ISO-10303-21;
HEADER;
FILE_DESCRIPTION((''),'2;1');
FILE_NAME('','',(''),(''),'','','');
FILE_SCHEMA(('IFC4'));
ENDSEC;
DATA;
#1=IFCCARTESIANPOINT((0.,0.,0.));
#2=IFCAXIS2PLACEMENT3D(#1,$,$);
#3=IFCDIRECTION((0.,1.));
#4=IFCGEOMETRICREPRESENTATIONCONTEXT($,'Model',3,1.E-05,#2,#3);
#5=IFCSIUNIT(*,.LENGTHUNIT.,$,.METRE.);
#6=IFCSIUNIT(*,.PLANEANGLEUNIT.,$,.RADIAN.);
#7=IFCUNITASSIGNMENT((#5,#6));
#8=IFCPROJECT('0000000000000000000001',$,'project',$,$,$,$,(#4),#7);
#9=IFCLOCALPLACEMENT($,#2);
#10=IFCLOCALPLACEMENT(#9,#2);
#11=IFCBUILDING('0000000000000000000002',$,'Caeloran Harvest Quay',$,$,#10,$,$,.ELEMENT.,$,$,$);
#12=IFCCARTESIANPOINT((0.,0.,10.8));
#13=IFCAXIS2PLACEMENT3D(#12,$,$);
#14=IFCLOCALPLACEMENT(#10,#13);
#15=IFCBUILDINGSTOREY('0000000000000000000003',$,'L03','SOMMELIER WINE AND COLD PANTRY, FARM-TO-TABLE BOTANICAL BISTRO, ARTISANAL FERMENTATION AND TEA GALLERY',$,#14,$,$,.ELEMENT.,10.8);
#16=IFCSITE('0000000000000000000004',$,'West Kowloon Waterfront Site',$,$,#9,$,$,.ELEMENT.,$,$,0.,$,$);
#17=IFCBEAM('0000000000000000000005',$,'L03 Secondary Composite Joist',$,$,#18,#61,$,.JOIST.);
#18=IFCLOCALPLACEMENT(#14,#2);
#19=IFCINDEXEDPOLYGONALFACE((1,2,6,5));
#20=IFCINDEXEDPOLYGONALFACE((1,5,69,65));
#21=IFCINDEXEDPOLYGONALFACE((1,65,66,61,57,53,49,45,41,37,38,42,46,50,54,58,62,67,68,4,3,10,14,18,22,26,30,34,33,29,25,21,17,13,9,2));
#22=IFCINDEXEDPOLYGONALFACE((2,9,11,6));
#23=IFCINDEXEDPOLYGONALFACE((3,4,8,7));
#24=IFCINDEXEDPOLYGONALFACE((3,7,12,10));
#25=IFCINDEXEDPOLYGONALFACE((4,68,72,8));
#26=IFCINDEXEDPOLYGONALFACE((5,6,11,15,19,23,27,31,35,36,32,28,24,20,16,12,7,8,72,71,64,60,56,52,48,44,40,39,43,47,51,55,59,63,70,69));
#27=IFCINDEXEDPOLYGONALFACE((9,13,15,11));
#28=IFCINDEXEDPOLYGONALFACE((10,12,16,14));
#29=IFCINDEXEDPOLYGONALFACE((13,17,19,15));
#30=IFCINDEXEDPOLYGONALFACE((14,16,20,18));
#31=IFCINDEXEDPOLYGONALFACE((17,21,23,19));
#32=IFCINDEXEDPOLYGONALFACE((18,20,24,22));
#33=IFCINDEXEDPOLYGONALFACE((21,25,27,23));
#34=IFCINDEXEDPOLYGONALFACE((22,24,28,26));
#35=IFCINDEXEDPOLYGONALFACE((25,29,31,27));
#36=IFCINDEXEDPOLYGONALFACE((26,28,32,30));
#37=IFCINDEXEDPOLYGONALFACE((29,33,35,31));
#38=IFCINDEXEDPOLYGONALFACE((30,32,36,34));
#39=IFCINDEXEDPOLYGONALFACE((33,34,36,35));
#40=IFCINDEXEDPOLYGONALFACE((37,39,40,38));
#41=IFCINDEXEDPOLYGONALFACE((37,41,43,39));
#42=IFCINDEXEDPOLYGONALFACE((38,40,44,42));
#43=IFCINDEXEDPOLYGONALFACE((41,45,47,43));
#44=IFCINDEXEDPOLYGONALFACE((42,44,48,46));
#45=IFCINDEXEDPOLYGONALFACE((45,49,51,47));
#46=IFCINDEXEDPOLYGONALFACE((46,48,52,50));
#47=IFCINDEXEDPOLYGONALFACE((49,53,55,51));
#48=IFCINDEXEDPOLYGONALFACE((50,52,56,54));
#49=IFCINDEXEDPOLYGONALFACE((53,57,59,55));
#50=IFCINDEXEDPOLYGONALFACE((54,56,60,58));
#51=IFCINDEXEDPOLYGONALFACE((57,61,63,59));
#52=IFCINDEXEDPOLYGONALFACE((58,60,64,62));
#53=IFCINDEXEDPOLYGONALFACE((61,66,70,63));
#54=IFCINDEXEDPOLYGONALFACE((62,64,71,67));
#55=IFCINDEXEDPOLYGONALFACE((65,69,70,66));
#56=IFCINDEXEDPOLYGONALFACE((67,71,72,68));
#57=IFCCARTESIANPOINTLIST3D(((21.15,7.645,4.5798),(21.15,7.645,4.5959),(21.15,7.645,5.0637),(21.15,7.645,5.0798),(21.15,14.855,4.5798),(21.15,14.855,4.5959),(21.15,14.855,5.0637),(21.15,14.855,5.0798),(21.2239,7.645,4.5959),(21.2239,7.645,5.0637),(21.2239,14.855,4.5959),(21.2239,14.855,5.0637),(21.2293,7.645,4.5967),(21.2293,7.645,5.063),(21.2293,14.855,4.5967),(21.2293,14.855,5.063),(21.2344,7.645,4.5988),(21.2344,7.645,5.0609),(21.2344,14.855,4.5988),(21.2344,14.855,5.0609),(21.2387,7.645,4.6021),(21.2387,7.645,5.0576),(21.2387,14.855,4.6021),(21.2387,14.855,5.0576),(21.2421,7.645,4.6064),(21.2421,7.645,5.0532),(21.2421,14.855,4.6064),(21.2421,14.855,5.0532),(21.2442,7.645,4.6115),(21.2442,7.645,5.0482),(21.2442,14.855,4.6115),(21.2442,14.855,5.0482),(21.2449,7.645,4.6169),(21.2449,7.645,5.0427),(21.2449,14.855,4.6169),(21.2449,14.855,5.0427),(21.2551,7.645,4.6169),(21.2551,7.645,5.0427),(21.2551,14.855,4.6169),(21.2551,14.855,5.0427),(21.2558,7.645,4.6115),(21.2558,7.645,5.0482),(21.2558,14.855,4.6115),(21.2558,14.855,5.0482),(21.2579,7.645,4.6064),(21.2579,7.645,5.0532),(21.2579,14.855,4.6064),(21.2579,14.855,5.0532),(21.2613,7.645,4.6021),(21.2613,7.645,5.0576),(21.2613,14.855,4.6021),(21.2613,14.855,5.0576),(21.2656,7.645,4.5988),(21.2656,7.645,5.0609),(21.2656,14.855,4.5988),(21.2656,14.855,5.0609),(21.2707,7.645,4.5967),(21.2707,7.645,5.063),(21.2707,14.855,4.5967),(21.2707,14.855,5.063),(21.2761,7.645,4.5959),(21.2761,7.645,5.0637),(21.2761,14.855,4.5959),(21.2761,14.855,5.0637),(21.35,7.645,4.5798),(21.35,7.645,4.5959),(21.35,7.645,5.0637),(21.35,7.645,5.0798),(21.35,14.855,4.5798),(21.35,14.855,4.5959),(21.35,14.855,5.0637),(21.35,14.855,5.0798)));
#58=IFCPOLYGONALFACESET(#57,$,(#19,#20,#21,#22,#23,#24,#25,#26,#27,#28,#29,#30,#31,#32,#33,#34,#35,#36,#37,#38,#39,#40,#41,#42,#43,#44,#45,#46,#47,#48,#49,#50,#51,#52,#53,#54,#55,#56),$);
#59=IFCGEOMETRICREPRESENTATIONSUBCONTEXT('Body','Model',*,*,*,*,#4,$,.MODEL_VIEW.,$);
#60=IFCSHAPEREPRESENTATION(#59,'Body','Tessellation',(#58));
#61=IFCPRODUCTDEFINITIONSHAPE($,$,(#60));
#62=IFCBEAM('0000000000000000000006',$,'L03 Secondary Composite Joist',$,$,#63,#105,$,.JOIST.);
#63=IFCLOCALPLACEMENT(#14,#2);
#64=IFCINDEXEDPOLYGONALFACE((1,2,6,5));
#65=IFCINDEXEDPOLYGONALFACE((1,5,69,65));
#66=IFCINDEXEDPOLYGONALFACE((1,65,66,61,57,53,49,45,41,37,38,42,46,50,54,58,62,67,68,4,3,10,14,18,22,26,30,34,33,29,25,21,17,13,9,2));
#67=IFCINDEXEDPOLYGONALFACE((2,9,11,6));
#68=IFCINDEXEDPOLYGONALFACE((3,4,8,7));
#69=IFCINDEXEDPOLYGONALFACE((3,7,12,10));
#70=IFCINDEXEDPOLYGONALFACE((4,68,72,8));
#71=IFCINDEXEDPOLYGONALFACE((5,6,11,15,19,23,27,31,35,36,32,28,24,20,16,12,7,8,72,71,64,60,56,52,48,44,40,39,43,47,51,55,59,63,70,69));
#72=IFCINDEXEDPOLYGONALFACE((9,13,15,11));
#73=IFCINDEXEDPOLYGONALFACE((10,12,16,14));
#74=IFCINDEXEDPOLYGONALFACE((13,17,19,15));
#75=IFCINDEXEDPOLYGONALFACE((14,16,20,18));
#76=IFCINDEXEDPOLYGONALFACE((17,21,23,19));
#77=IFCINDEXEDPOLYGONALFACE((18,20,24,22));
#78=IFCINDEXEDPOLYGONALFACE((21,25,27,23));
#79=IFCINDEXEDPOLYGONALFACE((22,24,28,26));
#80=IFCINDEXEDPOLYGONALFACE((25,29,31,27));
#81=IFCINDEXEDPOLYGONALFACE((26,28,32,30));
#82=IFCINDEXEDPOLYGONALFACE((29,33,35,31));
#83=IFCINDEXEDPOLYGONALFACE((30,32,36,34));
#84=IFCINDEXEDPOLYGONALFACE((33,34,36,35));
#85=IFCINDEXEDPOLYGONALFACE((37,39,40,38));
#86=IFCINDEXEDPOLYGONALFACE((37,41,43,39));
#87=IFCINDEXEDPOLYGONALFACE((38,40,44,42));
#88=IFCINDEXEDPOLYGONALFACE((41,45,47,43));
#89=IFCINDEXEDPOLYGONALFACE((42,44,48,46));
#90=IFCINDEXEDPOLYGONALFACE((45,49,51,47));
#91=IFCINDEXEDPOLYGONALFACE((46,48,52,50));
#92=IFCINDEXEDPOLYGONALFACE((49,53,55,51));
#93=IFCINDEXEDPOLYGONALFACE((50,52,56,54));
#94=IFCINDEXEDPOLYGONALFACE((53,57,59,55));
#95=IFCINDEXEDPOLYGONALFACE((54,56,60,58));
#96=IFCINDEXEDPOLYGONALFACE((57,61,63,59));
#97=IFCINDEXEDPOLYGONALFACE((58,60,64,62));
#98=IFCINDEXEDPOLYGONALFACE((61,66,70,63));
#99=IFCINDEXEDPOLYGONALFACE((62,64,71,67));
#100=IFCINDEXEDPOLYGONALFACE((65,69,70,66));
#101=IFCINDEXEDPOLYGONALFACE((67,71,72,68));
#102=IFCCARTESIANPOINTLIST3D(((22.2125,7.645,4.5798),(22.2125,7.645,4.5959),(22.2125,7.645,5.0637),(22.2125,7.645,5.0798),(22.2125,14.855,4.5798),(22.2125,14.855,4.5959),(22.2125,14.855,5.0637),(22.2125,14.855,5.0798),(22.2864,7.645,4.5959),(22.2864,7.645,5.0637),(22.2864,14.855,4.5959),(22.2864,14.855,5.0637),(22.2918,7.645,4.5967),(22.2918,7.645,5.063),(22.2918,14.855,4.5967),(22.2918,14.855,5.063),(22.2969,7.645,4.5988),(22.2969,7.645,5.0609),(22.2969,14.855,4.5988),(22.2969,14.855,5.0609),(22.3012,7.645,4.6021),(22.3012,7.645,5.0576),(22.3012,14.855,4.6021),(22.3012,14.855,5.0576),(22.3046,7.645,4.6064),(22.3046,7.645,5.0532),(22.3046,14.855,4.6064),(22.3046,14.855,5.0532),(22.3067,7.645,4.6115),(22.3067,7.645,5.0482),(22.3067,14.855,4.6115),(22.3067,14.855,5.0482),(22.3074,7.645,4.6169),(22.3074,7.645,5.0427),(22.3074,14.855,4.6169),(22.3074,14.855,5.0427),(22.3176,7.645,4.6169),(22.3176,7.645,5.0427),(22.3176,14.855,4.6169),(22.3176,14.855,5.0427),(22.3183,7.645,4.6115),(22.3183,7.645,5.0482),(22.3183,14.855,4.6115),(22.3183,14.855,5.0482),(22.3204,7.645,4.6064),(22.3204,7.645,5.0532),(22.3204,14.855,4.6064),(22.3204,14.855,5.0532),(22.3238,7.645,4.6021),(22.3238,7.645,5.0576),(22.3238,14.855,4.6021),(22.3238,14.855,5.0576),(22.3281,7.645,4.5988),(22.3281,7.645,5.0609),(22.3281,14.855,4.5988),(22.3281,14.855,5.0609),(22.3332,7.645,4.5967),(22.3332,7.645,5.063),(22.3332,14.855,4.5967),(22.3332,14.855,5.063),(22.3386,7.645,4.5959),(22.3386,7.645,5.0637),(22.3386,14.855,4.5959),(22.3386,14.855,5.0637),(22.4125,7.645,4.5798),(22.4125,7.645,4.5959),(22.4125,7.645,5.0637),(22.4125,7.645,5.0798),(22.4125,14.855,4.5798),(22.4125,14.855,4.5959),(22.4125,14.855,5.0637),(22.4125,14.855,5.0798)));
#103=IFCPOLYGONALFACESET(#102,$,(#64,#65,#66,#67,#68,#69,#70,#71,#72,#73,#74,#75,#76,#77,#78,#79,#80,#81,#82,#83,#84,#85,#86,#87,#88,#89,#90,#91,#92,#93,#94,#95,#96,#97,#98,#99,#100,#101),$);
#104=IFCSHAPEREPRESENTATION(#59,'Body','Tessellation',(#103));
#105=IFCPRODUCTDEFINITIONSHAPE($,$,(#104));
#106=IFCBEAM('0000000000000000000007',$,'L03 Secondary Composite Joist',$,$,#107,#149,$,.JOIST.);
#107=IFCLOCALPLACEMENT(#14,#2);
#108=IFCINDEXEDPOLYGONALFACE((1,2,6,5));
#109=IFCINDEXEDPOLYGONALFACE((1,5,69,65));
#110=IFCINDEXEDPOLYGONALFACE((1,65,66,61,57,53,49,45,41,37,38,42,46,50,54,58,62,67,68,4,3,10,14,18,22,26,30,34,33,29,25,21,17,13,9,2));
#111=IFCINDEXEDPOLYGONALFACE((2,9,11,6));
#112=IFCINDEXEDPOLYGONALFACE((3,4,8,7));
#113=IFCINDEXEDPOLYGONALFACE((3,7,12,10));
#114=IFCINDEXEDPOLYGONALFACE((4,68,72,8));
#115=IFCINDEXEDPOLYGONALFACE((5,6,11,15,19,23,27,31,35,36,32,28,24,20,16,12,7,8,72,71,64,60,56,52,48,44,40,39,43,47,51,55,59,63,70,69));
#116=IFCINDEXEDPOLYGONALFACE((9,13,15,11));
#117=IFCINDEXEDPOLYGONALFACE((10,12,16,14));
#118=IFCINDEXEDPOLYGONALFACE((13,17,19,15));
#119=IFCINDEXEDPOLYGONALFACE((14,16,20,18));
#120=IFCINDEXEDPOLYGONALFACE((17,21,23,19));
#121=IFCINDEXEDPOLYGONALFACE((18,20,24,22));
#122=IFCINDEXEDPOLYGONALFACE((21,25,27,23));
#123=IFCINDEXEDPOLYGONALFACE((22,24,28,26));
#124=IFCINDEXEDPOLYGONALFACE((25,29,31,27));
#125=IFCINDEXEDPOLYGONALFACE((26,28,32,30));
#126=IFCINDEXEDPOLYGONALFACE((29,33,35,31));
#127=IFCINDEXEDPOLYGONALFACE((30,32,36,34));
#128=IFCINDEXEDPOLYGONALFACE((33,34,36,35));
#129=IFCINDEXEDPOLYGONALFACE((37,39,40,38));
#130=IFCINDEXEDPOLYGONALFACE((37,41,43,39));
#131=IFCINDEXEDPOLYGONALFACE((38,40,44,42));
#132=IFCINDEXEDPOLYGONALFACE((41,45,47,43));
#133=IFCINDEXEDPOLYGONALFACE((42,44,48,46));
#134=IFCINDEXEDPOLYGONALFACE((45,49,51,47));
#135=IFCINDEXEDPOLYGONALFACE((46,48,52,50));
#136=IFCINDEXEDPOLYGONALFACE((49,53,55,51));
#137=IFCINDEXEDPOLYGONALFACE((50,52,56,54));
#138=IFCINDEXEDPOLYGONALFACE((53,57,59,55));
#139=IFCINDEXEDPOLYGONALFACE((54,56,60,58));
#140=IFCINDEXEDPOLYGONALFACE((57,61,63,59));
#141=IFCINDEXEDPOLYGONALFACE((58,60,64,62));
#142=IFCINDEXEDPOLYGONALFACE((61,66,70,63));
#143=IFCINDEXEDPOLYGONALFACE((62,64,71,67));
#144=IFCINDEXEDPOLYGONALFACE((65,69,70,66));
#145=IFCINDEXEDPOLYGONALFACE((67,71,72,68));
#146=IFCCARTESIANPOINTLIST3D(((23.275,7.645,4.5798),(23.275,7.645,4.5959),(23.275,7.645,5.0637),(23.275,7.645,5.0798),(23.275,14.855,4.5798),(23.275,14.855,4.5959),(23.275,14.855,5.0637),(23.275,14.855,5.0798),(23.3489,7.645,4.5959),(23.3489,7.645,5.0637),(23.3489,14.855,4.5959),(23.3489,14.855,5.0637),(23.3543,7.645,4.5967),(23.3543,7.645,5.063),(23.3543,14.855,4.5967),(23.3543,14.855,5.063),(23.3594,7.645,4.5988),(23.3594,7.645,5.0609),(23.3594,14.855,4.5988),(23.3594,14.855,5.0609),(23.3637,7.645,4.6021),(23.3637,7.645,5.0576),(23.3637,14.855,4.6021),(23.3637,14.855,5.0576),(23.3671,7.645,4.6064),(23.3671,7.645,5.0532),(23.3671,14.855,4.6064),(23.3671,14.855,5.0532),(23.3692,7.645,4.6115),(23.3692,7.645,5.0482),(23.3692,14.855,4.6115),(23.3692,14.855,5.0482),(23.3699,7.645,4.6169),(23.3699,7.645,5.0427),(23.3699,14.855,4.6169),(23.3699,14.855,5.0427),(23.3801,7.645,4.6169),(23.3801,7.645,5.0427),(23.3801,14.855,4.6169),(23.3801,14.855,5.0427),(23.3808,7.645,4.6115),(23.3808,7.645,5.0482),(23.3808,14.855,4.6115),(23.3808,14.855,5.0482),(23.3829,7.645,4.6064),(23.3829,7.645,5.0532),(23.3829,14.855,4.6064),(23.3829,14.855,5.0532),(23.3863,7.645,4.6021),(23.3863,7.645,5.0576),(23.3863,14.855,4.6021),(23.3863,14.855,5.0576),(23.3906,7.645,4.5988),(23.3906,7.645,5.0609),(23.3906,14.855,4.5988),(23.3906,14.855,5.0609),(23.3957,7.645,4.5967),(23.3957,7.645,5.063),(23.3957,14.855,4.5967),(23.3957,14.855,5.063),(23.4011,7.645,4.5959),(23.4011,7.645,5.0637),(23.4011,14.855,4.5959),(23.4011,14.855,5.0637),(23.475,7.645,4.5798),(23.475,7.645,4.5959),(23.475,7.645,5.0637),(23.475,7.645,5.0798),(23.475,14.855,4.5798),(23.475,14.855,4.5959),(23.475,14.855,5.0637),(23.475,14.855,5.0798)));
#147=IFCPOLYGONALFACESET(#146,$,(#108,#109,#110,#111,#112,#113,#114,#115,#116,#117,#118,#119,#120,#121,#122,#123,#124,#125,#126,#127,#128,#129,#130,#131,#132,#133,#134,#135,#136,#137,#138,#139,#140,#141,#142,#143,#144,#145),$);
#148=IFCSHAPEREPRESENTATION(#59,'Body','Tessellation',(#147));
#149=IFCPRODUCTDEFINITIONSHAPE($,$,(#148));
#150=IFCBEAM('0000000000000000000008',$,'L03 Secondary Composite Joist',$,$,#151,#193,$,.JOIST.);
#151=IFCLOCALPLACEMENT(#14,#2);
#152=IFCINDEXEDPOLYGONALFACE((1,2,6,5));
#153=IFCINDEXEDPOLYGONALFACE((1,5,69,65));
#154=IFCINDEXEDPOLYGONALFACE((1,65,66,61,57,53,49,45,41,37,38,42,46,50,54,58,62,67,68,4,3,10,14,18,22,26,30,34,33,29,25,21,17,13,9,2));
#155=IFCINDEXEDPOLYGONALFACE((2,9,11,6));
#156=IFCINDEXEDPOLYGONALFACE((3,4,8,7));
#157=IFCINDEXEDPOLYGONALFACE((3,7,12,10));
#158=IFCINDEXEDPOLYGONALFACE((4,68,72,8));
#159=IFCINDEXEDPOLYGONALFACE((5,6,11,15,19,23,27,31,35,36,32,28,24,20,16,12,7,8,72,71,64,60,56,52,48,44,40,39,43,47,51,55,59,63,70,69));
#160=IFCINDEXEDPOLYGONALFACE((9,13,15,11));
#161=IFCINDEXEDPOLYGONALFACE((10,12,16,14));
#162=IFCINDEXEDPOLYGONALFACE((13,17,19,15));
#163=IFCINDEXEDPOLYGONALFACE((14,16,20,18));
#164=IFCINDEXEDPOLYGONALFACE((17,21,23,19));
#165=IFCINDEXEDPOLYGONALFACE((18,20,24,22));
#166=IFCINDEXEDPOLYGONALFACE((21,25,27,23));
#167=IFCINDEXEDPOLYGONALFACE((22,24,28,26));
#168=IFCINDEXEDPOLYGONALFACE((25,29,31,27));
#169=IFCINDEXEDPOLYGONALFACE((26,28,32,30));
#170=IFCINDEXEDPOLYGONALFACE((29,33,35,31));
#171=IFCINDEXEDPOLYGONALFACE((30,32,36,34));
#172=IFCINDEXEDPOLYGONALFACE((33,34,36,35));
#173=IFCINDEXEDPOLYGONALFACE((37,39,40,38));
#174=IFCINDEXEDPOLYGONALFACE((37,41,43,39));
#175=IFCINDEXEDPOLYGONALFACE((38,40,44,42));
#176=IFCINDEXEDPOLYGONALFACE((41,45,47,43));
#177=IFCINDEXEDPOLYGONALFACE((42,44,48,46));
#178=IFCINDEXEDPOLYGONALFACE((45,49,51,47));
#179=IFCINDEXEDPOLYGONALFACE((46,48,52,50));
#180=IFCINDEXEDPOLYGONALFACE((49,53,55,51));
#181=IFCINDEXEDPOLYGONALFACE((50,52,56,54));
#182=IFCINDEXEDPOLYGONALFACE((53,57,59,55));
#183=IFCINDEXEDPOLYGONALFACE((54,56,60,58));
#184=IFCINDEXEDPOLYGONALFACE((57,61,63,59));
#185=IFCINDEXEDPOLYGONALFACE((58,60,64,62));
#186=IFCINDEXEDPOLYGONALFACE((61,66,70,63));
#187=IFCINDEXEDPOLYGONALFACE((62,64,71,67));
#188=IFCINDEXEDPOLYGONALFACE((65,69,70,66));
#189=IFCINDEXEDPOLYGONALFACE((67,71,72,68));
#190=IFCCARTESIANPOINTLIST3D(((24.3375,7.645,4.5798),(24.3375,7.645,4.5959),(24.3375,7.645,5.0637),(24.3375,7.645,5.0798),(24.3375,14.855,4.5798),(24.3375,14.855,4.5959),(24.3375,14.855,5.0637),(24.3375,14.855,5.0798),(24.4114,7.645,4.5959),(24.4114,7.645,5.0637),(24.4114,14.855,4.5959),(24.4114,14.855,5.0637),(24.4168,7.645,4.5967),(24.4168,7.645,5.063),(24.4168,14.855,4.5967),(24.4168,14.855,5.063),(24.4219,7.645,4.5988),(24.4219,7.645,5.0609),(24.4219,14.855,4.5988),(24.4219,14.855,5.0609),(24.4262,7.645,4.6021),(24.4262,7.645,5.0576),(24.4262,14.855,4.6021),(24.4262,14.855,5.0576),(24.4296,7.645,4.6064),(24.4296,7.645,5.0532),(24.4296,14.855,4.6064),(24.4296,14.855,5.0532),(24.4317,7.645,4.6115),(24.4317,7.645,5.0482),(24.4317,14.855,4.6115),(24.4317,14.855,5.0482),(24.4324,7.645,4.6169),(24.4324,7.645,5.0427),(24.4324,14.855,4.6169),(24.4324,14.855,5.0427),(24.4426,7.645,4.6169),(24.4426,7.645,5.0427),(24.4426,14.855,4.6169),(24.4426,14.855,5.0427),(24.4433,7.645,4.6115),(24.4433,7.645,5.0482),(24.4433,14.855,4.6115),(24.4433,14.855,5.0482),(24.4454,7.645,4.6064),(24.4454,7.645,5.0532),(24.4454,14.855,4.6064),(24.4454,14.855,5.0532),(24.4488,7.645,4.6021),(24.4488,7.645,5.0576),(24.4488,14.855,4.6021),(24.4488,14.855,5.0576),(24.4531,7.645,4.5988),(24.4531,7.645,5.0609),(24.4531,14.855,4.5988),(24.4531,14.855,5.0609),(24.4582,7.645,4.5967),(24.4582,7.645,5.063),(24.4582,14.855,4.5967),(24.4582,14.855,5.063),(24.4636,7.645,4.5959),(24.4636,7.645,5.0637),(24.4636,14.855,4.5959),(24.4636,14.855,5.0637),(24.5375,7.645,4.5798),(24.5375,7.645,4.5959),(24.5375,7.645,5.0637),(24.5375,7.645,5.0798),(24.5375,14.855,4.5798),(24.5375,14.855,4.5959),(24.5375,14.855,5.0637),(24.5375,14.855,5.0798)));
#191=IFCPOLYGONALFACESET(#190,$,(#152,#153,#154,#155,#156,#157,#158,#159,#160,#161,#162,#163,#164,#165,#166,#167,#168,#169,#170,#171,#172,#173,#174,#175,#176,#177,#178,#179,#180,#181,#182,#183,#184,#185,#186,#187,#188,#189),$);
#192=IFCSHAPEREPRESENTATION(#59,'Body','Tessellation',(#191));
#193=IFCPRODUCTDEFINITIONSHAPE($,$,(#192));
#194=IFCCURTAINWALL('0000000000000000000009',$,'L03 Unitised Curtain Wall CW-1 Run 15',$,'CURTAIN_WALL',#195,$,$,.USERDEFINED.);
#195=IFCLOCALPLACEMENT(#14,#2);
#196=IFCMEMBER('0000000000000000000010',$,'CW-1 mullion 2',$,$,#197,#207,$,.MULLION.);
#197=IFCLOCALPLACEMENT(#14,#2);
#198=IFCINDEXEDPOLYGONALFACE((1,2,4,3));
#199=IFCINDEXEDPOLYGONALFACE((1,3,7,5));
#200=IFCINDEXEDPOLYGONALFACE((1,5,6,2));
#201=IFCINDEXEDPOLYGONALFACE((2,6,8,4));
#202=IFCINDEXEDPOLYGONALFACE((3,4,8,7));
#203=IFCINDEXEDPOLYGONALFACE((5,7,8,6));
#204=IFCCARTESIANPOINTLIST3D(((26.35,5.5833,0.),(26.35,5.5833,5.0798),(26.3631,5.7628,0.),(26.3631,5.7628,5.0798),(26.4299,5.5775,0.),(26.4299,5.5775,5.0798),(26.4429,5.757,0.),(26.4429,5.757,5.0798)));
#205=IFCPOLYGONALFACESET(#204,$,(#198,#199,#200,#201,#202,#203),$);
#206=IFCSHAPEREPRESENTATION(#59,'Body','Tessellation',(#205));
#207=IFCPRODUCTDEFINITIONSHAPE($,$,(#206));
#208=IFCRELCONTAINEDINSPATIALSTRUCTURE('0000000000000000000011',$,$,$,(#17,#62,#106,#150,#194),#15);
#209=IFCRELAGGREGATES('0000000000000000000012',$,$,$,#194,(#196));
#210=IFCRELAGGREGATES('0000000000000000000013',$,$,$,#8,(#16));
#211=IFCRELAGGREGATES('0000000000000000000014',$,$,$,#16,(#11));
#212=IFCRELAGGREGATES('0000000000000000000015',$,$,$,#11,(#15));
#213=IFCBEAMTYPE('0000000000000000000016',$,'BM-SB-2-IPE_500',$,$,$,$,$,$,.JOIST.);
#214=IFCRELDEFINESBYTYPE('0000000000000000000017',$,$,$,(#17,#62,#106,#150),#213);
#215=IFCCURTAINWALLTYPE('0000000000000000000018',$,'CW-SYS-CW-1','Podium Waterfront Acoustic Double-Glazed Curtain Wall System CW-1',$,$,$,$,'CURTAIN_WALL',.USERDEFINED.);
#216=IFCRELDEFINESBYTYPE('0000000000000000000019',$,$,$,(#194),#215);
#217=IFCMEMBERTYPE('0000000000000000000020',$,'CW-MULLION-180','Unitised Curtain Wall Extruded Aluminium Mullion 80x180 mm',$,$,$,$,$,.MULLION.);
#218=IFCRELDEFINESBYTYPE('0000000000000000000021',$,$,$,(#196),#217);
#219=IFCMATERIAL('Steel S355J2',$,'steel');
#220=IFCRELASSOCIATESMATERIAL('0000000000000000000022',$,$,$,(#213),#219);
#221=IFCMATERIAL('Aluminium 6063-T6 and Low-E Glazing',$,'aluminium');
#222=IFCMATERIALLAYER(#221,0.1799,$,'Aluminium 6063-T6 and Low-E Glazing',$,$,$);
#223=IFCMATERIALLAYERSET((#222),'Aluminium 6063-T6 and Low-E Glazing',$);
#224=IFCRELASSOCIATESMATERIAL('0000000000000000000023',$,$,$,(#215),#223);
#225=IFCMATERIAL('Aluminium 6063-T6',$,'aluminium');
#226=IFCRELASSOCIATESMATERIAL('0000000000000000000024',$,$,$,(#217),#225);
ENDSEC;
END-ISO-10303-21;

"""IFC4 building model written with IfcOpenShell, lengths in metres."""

from ifc_helpers import new_model, si_unit, direction, frame, origin, origin_2d, place, context, subcontext, project, spatial, rectangle, i_section, extrude, material, layer, layer_set, material_profile, profile_set, type_object, element, aggregate, save


model = new_model("IFC4")

# Units and contexts
model_context = context("Model", 3, precision=1e-05, world=origin(), true_north=direction((0.0, 1.0)))
body_context = subcontext(model_context, "Body", "Model", "MODEL_VIEW")
ifc_project = project(units=[si_unit("LENGTHUNIT", "METRE"), si_unit("PLANEANGLEUNIT", "RADIAN")], contexts=[model_context])

# Site, building, storey
site_placement = place(None, origin())
site = spatial("IfcSite", under=ifc_project, at=site_placement, Name="West Kowloon Waterfront Site", CompositionType="ELEMENT", RefElevation=0.0)
building_placement = place(site_placement, origin())
building = spatial("IfcBuilding", under=site, at=building_placement, Name="Caeloran Harvest Quay", CompositionType="ELEMENT")
storey_placement = place(building_placement, frame((0.0, 0.0, 10.8)))
storey = spatial("IfcBuildingStorey", under=building, at=storey_placement, Name="L03", Description="SOMMELIER WINE AND COLD PANTRY, FARM-TO-TABLE BOTANICAL BISTRO, ARTISANAL FERMENTATION AND TEA GALLERY", CompositionType="ELEMENT", Elevation=10.8)

# Beams
ifc_material_1 = material(Name="Steel S355J2", Category="steel")
ifc_material_profile_1 = material_profile(ifc_material_1, i_section(OverallWidth=0.2, OverallDepth=0.5, WebThickness=0.0103, FlangeThickness=0.0161, FilletRadius=0.021, at=origin_2d()), Name="IPE 500")
ifc_profile_set_1 = profile_set([ifc_material_profile_1], Name="Steel S355J2")
beam_type_1 = type_object("IfcBeamType", Name="BM-SB-2-IPE_500", PredefinedType="JOIST", material=ifc_profile_set_1)
for number, where, z_axis, x_axis, name in (
    (1, (21.25, 7.645, 4.8298), (0.0, 1.0, 0.0), (-1.0, 0.0, 0.0), "L03 Secondary Composite Joist"),
    (2, (22.3125, 7.645, 4.8298), (0.0, 1.0, 0.0), (-1.0, 0.0, 0.0), "L03 Secondary Composite Joist"),
    (3, (23.375, 7.645, 4.8298), (0.0, 1.0, 0.0), (-1.0, 0.0, 0.0), "L03 Secondary Composite Joist"),
    (4, (24.4375, 7.645, 4.8298), (0.0, 1.0, 0.0), (-1.0, 0.0, 0.0), "L03 Secondary Composite Joist"),
):
    element("IfcBeam", number, at=place(storey_placement, frame(where, z_axis=z_axis, x_axis=x_axis)), inside=storey, type_object=beam_type_1, Name=name, PredefinedType="JOIST", context=body_context, shape_type="SweptSolid", body=[
        extrude(i_section(OverallWidth=0.2, OverallDepth=0.5, WebThickness=0.0103, FlangeThickness=0.0161, FilletRadius=0.021, at=origin_2d()), origin(), (0.0, 0.0, 1.0), 7.21),
    ])

# Curtain wall, member
ifc_material_2 = material(Name="Aluminium 6063-T6 and Low-E Glazing", Category="aluminium")
ifc_layer_1 = layer(ifc_material_2, 0.1799, Name="Aluminium 6063-T6 and Low-E Glazing")
ifc_layer_set_1 = layer_set([ifc_layer_1], Name="Aluminium 6063-T6 and Low-E Glazing")
curtain_wall_type = type_object("IfcCurtainWallType", Name="CW-SYS-CW-1", Description="Podium Waterfront Acoustic Double-Glazed Curtain Wall System CW-1", ElementType="CURTAIN_WALL", PredefinedType="USERDEFINED", material=ifc_layer_set_1)
curtain_wall_1_placement = place(storey_placement, origin())
curtain_wall_1 = element("IfcCurtainWall", 5, at=curtain_wall_1_placement, inside=storey, type_object=curtain_wall_type, Name="L03 Unitised Curtain Wall CW-1 Run 15", ObjectType="CURTAIN_WALL", PredefinedType="USERDEFINED")
ifc_material_3 = material(Name="Aluminium 6063-T6", Category="aluminium")
ifc_material_profile_2 = material_profile(ifc_material_3, rectangle(XDim=0.0801, YDim=0.1799, at=origin_2d()), Name="CW-MULLION-180")
ifc_profile_set_2 = profile_set([ifc_material_profile_2], Name="Aluminium 6063-T6")
member_type_1 = type_object("IfcMemberType", Name="CW-MULLION-180", Description="Unitised Curtain Wall Extruded Aluminium Mullion 80x180 mm", PredefinedType="MULLION", material=ifc_profile_set_2)
member_1_placement = place(storey_placement, frame((26.3965, 5.6702, 0.0), z_axis=(0.0, 0.0, 1.0), x_axis=(0.997385, -0.072271, 0.0)))
member_1 = element("IfcMember", 6, at=member_1_placement, type_object=member_type_1, Name="CW-1 mullion 2", PredefinedType="MULLION", context=body_context, shape_type="SweptSolid", body=[
    extrude(rectangle(XDim=0.0801, YDim=0.1799, at=origin_2d()), origin(), (0.0, 0.0, 1.0), 5.0798),
])

aggregate(curtain_wall_1, [member_1])

save(model, "model.ifc")
